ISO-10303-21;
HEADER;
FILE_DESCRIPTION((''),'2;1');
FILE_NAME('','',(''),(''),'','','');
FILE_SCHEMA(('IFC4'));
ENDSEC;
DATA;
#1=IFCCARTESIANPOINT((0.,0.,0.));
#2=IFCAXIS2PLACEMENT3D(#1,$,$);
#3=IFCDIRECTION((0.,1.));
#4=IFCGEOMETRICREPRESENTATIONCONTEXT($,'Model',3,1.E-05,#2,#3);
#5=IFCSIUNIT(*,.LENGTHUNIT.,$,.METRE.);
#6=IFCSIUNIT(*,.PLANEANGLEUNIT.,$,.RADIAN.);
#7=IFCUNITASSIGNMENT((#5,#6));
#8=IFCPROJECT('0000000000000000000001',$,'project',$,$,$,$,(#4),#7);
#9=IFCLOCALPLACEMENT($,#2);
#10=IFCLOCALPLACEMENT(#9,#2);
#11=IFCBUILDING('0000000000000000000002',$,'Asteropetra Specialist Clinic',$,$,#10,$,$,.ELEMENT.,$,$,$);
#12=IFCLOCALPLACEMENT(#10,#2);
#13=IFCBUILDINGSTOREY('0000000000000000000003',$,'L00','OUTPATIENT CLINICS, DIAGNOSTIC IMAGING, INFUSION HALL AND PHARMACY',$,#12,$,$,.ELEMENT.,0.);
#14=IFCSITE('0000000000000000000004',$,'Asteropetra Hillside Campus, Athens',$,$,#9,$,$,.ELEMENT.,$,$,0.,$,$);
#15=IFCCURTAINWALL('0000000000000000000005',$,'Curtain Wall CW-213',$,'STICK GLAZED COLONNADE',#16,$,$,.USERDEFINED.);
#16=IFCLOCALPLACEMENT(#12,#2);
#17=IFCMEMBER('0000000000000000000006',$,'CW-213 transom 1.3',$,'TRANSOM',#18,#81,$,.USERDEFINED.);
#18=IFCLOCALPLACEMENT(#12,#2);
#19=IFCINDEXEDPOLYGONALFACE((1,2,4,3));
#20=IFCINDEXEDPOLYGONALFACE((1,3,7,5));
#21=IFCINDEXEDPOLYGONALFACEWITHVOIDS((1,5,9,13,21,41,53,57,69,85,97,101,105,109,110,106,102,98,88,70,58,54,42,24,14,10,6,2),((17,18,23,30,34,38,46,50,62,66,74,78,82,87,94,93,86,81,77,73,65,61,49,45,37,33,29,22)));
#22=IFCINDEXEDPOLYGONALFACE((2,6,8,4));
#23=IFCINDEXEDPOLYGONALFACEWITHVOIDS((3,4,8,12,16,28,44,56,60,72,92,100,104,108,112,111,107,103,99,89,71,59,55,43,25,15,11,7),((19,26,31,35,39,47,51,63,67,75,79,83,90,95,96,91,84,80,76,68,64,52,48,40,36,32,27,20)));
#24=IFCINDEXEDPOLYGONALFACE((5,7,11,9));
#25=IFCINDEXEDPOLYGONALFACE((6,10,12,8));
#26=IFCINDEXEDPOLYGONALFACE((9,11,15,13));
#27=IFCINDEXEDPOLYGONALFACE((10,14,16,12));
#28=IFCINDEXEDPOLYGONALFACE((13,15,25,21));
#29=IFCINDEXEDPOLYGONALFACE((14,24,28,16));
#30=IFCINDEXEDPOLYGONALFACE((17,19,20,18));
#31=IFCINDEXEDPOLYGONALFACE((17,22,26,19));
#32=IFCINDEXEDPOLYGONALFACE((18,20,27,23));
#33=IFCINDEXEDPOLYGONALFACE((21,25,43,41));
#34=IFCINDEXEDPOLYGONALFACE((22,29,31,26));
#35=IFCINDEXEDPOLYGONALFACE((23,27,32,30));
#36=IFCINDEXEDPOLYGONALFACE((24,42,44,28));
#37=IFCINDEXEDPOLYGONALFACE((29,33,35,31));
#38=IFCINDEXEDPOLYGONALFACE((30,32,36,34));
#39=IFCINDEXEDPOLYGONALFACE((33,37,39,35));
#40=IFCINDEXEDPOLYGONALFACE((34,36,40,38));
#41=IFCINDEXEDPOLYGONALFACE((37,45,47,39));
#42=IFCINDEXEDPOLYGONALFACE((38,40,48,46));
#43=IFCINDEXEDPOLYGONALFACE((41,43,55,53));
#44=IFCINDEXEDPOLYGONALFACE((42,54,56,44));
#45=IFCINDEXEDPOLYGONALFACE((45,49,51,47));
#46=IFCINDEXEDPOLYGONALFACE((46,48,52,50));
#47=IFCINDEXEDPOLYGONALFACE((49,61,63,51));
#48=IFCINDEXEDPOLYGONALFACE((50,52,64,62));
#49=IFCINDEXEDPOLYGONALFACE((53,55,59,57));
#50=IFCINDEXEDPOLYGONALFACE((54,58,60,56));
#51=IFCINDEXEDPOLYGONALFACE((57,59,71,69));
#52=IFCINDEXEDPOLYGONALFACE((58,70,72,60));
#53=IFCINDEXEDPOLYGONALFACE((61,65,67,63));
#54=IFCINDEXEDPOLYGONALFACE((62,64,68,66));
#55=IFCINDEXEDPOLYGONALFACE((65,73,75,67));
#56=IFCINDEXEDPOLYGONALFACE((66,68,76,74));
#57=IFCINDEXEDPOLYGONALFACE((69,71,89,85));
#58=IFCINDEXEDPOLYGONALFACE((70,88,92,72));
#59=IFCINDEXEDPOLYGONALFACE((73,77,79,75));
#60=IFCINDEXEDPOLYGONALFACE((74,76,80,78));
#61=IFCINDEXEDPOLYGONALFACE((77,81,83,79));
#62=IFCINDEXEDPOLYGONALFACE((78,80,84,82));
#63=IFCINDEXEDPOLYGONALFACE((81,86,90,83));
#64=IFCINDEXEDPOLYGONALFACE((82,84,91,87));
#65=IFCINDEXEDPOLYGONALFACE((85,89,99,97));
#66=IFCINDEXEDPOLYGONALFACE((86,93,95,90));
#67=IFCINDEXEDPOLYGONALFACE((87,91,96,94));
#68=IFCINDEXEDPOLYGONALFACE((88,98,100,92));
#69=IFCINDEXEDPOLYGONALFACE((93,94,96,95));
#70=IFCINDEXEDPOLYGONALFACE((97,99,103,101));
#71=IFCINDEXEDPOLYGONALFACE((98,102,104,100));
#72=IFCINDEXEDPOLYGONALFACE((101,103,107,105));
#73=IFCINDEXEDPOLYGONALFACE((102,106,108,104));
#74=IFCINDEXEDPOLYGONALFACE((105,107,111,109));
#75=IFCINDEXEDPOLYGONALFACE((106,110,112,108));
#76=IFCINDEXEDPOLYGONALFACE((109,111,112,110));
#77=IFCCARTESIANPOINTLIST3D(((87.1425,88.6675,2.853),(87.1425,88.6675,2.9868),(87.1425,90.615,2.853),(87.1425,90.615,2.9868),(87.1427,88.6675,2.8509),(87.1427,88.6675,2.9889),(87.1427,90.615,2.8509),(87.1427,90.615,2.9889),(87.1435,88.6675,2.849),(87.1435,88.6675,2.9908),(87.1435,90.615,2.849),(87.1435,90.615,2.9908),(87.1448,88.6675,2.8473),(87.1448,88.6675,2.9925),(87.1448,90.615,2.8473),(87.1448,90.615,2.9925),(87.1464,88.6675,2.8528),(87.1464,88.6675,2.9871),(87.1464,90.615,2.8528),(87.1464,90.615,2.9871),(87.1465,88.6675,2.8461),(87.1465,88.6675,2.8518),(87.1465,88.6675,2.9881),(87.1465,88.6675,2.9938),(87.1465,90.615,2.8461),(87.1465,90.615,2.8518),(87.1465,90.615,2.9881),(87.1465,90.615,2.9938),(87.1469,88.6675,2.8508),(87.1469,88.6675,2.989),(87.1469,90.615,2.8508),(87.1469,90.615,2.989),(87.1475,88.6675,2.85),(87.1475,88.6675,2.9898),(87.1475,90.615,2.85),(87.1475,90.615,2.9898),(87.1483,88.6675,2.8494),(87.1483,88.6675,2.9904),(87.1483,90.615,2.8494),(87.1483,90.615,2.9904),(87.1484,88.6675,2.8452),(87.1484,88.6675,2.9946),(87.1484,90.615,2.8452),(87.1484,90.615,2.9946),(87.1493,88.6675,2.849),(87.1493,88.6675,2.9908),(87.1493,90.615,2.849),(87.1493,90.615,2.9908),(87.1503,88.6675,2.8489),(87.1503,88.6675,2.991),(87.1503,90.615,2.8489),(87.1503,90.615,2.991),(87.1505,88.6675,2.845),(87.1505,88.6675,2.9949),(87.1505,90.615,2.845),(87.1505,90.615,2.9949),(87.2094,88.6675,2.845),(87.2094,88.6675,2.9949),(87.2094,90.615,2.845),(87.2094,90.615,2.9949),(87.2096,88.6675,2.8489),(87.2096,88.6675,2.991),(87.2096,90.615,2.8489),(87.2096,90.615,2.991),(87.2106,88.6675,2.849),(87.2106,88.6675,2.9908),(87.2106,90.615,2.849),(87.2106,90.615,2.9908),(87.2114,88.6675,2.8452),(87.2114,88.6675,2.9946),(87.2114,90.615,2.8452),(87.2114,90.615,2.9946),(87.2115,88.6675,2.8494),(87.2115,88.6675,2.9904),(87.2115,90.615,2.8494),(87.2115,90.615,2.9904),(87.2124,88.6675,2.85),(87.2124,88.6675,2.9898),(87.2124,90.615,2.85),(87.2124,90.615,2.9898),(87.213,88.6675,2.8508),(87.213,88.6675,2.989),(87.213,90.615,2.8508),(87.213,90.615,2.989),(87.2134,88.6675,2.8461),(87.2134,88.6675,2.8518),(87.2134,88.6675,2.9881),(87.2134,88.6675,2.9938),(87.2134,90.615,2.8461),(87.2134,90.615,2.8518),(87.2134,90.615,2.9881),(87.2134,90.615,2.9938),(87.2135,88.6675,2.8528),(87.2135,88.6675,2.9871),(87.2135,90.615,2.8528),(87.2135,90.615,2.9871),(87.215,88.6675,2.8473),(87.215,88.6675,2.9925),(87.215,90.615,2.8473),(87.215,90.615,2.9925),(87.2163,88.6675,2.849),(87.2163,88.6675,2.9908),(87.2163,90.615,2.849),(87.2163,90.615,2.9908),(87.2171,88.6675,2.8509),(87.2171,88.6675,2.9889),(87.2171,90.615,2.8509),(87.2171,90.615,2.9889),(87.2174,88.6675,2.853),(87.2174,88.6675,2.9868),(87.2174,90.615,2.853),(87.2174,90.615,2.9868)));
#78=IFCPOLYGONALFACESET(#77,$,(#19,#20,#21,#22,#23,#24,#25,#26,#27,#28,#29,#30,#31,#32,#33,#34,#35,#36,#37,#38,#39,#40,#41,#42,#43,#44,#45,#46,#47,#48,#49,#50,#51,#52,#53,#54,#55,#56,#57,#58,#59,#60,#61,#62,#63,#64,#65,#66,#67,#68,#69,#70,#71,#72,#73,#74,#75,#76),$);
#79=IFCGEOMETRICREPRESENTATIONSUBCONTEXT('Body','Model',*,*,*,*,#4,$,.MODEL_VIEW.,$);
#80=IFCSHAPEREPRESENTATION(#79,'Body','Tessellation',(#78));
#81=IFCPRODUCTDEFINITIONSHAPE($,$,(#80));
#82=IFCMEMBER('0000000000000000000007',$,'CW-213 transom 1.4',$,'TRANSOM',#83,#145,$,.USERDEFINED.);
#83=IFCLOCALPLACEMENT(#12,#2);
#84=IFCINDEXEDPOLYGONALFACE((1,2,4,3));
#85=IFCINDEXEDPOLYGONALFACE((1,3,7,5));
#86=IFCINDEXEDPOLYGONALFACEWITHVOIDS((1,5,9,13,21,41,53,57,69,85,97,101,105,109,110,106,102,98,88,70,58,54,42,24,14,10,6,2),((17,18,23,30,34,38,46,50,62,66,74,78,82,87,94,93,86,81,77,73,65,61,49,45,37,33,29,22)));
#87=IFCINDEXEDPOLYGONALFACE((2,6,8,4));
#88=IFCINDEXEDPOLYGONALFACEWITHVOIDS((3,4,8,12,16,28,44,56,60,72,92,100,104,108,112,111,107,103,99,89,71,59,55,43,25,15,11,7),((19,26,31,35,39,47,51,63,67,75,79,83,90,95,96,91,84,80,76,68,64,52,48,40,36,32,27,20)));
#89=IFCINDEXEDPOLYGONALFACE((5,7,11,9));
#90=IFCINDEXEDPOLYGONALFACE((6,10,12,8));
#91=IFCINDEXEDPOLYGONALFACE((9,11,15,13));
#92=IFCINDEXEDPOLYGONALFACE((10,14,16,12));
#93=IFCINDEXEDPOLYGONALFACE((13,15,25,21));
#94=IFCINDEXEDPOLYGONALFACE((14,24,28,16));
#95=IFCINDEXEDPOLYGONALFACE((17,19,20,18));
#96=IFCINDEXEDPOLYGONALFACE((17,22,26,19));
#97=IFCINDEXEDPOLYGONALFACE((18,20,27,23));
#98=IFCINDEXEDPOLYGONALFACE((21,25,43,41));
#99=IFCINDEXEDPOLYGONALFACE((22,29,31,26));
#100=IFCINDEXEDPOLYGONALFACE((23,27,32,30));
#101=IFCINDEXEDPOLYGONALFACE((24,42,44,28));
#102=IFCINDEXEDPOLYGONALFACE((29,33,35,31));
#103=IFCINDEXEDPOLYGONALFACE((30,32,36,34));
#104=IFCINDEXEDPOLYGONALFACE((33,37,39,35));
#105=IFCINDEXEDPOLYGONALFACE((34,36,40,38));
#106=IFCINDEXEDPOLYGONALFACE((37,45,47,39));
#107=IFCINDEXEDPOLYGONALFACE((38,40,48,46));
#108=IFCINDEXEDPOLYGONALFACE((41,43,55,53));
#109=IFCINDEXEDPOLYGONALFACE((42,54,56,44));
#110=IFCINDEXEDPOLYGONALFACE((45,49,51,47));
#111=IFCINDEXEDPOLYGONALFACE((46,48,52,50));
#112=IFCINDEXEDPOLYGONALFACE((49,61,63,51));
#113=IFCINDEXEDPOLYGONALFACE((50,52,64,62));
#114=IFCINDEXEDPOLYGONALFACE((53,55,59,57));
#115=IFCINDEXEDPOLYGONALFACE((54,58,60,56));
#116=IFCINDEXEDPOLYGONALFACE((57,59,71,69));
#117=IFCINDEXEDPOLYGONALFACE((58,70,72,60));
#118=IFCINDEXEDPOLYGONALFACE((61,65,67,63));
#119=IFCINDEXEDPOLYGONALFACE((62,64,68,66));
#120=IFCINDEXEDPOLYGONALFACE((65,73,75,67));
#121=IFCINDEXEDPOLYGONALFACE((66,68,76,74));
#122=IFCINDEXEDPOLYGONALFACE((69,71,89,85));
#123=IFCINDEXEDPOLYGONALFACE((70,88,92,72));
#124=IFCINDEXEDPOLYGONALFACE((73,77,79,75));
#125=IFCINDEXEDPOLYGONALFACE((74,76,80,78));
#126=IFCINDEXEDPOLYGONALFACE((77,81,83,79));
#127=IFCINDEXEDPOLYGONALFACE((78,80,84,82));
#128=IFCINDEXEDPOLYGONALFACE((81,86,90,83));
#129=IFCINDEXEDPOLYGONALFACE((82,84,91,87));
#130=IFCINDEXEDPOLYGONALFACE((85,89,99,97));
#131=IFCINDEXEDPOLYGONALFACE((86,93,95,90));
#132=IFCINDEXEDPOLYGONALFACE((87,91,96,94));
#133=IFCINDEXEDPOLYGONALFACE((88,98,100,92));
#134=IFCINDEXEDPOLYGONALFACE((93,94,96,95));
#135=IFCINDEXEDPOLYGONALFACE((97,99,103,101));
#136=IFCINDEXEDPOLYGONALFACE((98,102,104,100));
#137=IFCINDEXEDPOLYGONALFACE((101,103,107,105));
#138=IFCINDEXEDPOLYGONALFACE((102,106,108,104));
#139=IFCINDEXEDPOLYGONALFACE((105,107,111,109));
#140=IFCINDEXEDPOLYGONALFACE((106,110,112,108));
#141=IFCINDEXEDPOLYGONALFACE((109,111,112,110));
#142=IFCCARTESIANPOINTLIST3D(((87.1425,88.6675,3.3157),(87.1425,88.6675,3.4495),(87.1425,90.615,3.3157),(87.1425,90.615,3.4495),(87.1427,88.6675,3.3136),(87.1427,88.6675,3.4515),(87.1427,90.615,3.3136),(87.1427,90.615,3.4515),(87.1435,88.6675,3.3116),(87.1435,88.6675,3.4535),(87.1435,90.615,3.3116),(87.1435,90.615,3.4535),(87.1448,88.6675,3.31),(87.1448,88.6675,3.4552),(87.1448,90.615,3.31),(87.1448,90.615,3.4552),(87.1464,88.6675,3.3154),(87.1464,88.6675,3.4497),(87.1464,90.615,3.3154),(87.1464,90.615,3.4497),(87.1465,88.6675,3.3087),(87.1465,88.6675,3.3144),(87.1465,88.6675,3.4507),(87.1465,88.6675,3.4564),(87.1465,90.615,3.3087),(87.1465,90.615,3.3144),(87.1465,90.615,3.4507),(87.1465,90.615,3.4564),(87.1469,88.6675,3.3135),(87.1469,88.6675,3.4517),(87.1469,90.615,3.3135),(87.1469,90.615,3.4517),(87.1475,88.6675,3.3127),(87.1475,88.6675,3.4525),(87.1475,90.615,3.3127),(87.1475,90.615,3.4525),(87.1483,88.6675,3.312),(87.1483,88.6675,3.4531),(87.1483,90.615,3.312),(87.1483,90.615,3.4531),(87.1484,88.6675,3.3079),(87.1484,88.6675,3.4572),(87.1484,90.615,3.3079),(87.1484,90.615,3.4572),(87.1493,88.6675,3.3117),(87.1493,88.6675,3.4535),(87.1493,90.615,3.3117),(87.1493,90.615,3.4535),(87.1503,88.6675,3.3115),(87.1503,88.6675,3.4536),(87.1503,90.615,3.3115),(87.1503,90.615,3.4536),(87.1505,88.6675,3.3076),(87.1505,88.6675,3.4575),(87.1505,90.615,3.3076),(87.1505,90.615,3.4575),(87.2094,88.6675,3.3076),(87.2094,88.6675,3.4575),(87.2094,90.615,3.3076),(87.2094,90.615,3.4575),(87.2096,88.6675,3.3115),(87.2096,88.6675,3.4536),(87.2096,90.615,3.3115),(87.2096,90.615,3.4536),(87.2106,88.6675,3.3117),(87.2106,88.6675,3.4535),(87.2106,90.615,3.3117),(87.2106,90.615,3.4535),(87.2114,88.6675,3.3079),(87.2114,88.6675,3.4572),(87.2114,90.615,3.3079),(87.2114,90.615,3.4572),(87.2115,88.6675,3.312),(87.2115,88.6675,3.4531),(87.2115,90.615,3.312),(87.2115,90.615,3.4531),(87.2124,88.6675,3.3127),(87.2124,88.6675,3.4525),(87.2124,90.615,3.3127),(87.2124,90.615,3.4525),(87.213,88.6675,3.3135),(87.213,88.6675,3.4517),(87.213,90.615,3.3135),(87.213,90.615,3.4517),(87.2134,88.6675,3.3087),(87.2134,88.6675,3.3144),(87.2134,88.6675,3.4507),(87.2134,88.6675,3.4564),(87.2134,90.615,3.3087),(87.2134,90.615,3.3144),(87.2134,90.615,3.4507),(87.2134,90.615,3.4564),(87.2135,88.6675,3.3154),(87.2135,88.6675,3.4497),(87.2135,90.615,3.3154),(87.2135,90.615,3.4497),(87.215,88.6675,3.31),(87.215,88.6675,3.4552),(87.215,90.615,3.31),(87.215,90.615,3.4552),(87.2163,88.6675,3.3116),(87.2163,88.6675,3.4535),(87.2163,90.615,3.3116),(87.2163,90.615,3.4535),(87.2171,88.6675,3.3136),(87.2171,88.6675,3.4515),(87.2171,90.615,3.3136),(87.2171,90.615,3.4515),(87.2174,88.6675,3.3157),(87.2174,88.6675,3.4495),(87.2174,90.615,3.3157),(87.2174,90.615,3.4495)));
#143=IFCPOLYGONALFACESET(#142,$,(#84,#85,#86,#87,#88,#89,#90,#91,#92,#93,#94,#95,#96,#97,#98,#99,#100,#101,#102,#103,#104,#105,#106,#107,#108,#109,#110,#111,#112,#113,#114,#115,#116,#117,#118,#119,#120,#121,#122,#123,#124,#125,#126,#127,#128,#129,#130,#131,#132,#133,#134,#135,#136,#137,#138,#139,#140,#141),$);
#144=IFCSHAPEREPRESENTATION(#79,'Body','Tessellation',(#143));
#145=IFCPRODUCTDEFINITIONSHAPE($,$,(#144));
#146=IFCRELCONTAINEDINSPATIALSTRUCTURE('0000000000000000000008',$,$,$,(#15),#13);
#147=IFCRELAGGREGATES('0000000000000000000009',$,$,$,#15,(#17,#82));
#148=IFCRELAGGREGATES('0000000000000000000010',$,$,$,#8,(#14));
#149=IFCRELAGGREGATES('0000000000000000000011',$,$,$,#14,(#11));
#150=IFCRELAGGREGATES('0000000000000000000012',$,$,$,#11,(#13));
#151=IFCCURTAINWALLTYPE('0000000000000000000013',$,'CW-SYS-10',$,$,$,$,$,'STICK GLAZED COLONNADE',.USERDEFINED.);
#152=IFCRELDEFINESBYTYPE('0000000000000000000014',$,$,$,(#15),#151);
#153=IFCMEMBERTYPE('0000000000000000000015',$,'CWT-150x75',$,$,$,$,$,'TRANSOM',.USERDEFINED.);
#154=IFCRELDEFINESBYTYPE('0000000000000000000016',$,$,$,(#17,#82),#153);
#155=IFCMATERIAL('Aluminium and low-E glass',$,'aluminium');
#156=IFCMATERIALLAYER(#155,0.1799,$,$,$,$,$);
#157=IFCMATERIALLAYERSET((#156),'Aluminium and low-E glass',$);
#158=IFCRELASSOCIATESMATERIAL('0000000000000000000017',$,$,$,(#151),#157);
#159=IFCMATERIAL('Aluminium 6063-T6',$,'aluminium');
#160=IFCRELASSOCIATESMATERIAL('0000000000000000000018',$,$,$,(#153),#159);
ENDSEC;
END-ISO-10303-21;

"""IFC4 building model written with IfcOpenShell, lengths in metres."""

from ifc_helpers import new_model, si_unit, direction, frame, origin, origin_2d, place, context, subcontext, project, spatial, hollow_rectangle, extrude, material, layer, layer_set, material_profile, profile_set, type_object, element, aggregate, save


model = new_model("IFC4")

# Units and contexts
model_context = context("Model", 3, precision=1e-05, world=origin(), true_north=direction((0.0, 1.0)))
body_context = subcontext(model_context, "Body", "Model", "MODEL_VIEW")
ifc_project = project(units=[si_unit("LENGTHUNIT", "METRE"), si_unit("PLANEANGLEUNIT", "RADIAN")], contexts=[model_context])

# Site, building, storey
site_placement = place(None, origin())
site = spatial("IfcSite", under=ifc_project, at=site_placement, Name="Asteropetra Hillside Campus, Athens", CompositionType="ELEMENT", RefElevation=0.0)
building_placement = place(site_placement, origin())
building = spatial("IfcBuilding", under=site, at=building_placement, Name="Asteropetra Specialist Clinic", CompositionType="ELEMENT")
storey_placement = place(building_placement, origin())
storey = spatial("IfcBuildingStorey", under=building, at=storey_placement, Name="L00", Description="OUTPATIENT CLINICS, DIAGNOSTIC IMAGING, INFUSION HALL AND PHARMACY", CompositionType="ELEMENT", Elevation=0.0)

# Curtain wall, members
ifc_material_1 = material(Name="Aluminium and low-E glass", Category="aluminium")
ifc_layer_1 = layer(ifc_material_1, 0.1799)
ifc_layer_set_1 = layer_set([ifc_layer_1], Name="Aluminium and low-E glass")
curtain_wall_type_1 = type_object("IfcCurtainWallType", Name="CW-SYS-10", ElementType="STICK GLAZED COLONNADE", PredefinedType="USERDEFINED", material=ifc_layer_set_1)
curtain_wall_1_placement = place(storey_placement, origin())
curtain_wall_1 = element("IfcCurtainWall", 1, at=curtain_wall_1_placement, inside=storey, type_object=curtain_wall_type_1, Name="Curtain Wall CW-213", ObjectType="STICK GLAZED COLONNADE", PredefinedType="USERDEFINED")
ifc_material_2 = material(Name="Aluminium 6063-T6", Category="aluminium")
ifc_material_profile_1 = material_profile(ifc_material_2, hollow_rectangle(XDim=0.075, YDim=0.1499, WallThickness=0.0039, InnerFilletRadius=0.0039, OuterFilletRadius=0.0081, at=origin_2d()), Name="TRN 150x75x4.0")
ifc_profile_set_1 = profile_set([ifc_material_profile_1], Name="Aluminium 6063-T6")
member_type_1 = type_object("IfcMemberType", Name="CWT-150x75", ElementType="TRANSOM", PredefinedType="USERDEFINED", material=ifc_profile_set_1)
member_1_placement = place(storey_placement, frame((87.1799, 90.615, 2.9199), z_axis=(0.0, -1.0, 0.0), x_axis=(1.0, 0.0, 0.0)))
member_1 = element("IfcMember", 2, at=member_1_placement, type_object=member_type_1, Name="CW-213 transom 1.3", ObjectType="TRANSOM", PredefinedType="USERDEFINED", context=body_context, shape_type="SweptSolid", body=[
    extrude(hollow_rectangle(XDim=0.075, YDim=0.1499, WallThickness=0.0039, InnerFilletRadius=0.0039, OuterFilletRadius=0.0081, at=origin_2d()), origin(), (0.0, 0.0, 1.0), 1.9475),
])
member_2_placement = place(storey_placement, frame((87.1799, 90.615, 3.3826), z_axis=(0.0, -1.0, 0.0), x_axis=(1.0, 0.0, 0.0)))
member_2 = element("IfcMember", 3, at=member_2_placement, type_object=member_type_1, Name="CW-213 transom 1.4", ObjectType="TRANSOM", PredefinedType="USERDEFINED", context=body_context, shape_type="SweptSolid", body=[
    extrude(hollow_rectangle(XDim=0.075, YDim=0.1499, WallThickness=0.0039, InnerFilletRadius=0.0039, OuterFilletRadius=0.0081, at=origin_2d()), origin(), (0.0, 0.0, 1.0), 1.9475),
])
aggregate(curtain_wall_1, [member_1, member_2])

save(model, "model.ifc")
